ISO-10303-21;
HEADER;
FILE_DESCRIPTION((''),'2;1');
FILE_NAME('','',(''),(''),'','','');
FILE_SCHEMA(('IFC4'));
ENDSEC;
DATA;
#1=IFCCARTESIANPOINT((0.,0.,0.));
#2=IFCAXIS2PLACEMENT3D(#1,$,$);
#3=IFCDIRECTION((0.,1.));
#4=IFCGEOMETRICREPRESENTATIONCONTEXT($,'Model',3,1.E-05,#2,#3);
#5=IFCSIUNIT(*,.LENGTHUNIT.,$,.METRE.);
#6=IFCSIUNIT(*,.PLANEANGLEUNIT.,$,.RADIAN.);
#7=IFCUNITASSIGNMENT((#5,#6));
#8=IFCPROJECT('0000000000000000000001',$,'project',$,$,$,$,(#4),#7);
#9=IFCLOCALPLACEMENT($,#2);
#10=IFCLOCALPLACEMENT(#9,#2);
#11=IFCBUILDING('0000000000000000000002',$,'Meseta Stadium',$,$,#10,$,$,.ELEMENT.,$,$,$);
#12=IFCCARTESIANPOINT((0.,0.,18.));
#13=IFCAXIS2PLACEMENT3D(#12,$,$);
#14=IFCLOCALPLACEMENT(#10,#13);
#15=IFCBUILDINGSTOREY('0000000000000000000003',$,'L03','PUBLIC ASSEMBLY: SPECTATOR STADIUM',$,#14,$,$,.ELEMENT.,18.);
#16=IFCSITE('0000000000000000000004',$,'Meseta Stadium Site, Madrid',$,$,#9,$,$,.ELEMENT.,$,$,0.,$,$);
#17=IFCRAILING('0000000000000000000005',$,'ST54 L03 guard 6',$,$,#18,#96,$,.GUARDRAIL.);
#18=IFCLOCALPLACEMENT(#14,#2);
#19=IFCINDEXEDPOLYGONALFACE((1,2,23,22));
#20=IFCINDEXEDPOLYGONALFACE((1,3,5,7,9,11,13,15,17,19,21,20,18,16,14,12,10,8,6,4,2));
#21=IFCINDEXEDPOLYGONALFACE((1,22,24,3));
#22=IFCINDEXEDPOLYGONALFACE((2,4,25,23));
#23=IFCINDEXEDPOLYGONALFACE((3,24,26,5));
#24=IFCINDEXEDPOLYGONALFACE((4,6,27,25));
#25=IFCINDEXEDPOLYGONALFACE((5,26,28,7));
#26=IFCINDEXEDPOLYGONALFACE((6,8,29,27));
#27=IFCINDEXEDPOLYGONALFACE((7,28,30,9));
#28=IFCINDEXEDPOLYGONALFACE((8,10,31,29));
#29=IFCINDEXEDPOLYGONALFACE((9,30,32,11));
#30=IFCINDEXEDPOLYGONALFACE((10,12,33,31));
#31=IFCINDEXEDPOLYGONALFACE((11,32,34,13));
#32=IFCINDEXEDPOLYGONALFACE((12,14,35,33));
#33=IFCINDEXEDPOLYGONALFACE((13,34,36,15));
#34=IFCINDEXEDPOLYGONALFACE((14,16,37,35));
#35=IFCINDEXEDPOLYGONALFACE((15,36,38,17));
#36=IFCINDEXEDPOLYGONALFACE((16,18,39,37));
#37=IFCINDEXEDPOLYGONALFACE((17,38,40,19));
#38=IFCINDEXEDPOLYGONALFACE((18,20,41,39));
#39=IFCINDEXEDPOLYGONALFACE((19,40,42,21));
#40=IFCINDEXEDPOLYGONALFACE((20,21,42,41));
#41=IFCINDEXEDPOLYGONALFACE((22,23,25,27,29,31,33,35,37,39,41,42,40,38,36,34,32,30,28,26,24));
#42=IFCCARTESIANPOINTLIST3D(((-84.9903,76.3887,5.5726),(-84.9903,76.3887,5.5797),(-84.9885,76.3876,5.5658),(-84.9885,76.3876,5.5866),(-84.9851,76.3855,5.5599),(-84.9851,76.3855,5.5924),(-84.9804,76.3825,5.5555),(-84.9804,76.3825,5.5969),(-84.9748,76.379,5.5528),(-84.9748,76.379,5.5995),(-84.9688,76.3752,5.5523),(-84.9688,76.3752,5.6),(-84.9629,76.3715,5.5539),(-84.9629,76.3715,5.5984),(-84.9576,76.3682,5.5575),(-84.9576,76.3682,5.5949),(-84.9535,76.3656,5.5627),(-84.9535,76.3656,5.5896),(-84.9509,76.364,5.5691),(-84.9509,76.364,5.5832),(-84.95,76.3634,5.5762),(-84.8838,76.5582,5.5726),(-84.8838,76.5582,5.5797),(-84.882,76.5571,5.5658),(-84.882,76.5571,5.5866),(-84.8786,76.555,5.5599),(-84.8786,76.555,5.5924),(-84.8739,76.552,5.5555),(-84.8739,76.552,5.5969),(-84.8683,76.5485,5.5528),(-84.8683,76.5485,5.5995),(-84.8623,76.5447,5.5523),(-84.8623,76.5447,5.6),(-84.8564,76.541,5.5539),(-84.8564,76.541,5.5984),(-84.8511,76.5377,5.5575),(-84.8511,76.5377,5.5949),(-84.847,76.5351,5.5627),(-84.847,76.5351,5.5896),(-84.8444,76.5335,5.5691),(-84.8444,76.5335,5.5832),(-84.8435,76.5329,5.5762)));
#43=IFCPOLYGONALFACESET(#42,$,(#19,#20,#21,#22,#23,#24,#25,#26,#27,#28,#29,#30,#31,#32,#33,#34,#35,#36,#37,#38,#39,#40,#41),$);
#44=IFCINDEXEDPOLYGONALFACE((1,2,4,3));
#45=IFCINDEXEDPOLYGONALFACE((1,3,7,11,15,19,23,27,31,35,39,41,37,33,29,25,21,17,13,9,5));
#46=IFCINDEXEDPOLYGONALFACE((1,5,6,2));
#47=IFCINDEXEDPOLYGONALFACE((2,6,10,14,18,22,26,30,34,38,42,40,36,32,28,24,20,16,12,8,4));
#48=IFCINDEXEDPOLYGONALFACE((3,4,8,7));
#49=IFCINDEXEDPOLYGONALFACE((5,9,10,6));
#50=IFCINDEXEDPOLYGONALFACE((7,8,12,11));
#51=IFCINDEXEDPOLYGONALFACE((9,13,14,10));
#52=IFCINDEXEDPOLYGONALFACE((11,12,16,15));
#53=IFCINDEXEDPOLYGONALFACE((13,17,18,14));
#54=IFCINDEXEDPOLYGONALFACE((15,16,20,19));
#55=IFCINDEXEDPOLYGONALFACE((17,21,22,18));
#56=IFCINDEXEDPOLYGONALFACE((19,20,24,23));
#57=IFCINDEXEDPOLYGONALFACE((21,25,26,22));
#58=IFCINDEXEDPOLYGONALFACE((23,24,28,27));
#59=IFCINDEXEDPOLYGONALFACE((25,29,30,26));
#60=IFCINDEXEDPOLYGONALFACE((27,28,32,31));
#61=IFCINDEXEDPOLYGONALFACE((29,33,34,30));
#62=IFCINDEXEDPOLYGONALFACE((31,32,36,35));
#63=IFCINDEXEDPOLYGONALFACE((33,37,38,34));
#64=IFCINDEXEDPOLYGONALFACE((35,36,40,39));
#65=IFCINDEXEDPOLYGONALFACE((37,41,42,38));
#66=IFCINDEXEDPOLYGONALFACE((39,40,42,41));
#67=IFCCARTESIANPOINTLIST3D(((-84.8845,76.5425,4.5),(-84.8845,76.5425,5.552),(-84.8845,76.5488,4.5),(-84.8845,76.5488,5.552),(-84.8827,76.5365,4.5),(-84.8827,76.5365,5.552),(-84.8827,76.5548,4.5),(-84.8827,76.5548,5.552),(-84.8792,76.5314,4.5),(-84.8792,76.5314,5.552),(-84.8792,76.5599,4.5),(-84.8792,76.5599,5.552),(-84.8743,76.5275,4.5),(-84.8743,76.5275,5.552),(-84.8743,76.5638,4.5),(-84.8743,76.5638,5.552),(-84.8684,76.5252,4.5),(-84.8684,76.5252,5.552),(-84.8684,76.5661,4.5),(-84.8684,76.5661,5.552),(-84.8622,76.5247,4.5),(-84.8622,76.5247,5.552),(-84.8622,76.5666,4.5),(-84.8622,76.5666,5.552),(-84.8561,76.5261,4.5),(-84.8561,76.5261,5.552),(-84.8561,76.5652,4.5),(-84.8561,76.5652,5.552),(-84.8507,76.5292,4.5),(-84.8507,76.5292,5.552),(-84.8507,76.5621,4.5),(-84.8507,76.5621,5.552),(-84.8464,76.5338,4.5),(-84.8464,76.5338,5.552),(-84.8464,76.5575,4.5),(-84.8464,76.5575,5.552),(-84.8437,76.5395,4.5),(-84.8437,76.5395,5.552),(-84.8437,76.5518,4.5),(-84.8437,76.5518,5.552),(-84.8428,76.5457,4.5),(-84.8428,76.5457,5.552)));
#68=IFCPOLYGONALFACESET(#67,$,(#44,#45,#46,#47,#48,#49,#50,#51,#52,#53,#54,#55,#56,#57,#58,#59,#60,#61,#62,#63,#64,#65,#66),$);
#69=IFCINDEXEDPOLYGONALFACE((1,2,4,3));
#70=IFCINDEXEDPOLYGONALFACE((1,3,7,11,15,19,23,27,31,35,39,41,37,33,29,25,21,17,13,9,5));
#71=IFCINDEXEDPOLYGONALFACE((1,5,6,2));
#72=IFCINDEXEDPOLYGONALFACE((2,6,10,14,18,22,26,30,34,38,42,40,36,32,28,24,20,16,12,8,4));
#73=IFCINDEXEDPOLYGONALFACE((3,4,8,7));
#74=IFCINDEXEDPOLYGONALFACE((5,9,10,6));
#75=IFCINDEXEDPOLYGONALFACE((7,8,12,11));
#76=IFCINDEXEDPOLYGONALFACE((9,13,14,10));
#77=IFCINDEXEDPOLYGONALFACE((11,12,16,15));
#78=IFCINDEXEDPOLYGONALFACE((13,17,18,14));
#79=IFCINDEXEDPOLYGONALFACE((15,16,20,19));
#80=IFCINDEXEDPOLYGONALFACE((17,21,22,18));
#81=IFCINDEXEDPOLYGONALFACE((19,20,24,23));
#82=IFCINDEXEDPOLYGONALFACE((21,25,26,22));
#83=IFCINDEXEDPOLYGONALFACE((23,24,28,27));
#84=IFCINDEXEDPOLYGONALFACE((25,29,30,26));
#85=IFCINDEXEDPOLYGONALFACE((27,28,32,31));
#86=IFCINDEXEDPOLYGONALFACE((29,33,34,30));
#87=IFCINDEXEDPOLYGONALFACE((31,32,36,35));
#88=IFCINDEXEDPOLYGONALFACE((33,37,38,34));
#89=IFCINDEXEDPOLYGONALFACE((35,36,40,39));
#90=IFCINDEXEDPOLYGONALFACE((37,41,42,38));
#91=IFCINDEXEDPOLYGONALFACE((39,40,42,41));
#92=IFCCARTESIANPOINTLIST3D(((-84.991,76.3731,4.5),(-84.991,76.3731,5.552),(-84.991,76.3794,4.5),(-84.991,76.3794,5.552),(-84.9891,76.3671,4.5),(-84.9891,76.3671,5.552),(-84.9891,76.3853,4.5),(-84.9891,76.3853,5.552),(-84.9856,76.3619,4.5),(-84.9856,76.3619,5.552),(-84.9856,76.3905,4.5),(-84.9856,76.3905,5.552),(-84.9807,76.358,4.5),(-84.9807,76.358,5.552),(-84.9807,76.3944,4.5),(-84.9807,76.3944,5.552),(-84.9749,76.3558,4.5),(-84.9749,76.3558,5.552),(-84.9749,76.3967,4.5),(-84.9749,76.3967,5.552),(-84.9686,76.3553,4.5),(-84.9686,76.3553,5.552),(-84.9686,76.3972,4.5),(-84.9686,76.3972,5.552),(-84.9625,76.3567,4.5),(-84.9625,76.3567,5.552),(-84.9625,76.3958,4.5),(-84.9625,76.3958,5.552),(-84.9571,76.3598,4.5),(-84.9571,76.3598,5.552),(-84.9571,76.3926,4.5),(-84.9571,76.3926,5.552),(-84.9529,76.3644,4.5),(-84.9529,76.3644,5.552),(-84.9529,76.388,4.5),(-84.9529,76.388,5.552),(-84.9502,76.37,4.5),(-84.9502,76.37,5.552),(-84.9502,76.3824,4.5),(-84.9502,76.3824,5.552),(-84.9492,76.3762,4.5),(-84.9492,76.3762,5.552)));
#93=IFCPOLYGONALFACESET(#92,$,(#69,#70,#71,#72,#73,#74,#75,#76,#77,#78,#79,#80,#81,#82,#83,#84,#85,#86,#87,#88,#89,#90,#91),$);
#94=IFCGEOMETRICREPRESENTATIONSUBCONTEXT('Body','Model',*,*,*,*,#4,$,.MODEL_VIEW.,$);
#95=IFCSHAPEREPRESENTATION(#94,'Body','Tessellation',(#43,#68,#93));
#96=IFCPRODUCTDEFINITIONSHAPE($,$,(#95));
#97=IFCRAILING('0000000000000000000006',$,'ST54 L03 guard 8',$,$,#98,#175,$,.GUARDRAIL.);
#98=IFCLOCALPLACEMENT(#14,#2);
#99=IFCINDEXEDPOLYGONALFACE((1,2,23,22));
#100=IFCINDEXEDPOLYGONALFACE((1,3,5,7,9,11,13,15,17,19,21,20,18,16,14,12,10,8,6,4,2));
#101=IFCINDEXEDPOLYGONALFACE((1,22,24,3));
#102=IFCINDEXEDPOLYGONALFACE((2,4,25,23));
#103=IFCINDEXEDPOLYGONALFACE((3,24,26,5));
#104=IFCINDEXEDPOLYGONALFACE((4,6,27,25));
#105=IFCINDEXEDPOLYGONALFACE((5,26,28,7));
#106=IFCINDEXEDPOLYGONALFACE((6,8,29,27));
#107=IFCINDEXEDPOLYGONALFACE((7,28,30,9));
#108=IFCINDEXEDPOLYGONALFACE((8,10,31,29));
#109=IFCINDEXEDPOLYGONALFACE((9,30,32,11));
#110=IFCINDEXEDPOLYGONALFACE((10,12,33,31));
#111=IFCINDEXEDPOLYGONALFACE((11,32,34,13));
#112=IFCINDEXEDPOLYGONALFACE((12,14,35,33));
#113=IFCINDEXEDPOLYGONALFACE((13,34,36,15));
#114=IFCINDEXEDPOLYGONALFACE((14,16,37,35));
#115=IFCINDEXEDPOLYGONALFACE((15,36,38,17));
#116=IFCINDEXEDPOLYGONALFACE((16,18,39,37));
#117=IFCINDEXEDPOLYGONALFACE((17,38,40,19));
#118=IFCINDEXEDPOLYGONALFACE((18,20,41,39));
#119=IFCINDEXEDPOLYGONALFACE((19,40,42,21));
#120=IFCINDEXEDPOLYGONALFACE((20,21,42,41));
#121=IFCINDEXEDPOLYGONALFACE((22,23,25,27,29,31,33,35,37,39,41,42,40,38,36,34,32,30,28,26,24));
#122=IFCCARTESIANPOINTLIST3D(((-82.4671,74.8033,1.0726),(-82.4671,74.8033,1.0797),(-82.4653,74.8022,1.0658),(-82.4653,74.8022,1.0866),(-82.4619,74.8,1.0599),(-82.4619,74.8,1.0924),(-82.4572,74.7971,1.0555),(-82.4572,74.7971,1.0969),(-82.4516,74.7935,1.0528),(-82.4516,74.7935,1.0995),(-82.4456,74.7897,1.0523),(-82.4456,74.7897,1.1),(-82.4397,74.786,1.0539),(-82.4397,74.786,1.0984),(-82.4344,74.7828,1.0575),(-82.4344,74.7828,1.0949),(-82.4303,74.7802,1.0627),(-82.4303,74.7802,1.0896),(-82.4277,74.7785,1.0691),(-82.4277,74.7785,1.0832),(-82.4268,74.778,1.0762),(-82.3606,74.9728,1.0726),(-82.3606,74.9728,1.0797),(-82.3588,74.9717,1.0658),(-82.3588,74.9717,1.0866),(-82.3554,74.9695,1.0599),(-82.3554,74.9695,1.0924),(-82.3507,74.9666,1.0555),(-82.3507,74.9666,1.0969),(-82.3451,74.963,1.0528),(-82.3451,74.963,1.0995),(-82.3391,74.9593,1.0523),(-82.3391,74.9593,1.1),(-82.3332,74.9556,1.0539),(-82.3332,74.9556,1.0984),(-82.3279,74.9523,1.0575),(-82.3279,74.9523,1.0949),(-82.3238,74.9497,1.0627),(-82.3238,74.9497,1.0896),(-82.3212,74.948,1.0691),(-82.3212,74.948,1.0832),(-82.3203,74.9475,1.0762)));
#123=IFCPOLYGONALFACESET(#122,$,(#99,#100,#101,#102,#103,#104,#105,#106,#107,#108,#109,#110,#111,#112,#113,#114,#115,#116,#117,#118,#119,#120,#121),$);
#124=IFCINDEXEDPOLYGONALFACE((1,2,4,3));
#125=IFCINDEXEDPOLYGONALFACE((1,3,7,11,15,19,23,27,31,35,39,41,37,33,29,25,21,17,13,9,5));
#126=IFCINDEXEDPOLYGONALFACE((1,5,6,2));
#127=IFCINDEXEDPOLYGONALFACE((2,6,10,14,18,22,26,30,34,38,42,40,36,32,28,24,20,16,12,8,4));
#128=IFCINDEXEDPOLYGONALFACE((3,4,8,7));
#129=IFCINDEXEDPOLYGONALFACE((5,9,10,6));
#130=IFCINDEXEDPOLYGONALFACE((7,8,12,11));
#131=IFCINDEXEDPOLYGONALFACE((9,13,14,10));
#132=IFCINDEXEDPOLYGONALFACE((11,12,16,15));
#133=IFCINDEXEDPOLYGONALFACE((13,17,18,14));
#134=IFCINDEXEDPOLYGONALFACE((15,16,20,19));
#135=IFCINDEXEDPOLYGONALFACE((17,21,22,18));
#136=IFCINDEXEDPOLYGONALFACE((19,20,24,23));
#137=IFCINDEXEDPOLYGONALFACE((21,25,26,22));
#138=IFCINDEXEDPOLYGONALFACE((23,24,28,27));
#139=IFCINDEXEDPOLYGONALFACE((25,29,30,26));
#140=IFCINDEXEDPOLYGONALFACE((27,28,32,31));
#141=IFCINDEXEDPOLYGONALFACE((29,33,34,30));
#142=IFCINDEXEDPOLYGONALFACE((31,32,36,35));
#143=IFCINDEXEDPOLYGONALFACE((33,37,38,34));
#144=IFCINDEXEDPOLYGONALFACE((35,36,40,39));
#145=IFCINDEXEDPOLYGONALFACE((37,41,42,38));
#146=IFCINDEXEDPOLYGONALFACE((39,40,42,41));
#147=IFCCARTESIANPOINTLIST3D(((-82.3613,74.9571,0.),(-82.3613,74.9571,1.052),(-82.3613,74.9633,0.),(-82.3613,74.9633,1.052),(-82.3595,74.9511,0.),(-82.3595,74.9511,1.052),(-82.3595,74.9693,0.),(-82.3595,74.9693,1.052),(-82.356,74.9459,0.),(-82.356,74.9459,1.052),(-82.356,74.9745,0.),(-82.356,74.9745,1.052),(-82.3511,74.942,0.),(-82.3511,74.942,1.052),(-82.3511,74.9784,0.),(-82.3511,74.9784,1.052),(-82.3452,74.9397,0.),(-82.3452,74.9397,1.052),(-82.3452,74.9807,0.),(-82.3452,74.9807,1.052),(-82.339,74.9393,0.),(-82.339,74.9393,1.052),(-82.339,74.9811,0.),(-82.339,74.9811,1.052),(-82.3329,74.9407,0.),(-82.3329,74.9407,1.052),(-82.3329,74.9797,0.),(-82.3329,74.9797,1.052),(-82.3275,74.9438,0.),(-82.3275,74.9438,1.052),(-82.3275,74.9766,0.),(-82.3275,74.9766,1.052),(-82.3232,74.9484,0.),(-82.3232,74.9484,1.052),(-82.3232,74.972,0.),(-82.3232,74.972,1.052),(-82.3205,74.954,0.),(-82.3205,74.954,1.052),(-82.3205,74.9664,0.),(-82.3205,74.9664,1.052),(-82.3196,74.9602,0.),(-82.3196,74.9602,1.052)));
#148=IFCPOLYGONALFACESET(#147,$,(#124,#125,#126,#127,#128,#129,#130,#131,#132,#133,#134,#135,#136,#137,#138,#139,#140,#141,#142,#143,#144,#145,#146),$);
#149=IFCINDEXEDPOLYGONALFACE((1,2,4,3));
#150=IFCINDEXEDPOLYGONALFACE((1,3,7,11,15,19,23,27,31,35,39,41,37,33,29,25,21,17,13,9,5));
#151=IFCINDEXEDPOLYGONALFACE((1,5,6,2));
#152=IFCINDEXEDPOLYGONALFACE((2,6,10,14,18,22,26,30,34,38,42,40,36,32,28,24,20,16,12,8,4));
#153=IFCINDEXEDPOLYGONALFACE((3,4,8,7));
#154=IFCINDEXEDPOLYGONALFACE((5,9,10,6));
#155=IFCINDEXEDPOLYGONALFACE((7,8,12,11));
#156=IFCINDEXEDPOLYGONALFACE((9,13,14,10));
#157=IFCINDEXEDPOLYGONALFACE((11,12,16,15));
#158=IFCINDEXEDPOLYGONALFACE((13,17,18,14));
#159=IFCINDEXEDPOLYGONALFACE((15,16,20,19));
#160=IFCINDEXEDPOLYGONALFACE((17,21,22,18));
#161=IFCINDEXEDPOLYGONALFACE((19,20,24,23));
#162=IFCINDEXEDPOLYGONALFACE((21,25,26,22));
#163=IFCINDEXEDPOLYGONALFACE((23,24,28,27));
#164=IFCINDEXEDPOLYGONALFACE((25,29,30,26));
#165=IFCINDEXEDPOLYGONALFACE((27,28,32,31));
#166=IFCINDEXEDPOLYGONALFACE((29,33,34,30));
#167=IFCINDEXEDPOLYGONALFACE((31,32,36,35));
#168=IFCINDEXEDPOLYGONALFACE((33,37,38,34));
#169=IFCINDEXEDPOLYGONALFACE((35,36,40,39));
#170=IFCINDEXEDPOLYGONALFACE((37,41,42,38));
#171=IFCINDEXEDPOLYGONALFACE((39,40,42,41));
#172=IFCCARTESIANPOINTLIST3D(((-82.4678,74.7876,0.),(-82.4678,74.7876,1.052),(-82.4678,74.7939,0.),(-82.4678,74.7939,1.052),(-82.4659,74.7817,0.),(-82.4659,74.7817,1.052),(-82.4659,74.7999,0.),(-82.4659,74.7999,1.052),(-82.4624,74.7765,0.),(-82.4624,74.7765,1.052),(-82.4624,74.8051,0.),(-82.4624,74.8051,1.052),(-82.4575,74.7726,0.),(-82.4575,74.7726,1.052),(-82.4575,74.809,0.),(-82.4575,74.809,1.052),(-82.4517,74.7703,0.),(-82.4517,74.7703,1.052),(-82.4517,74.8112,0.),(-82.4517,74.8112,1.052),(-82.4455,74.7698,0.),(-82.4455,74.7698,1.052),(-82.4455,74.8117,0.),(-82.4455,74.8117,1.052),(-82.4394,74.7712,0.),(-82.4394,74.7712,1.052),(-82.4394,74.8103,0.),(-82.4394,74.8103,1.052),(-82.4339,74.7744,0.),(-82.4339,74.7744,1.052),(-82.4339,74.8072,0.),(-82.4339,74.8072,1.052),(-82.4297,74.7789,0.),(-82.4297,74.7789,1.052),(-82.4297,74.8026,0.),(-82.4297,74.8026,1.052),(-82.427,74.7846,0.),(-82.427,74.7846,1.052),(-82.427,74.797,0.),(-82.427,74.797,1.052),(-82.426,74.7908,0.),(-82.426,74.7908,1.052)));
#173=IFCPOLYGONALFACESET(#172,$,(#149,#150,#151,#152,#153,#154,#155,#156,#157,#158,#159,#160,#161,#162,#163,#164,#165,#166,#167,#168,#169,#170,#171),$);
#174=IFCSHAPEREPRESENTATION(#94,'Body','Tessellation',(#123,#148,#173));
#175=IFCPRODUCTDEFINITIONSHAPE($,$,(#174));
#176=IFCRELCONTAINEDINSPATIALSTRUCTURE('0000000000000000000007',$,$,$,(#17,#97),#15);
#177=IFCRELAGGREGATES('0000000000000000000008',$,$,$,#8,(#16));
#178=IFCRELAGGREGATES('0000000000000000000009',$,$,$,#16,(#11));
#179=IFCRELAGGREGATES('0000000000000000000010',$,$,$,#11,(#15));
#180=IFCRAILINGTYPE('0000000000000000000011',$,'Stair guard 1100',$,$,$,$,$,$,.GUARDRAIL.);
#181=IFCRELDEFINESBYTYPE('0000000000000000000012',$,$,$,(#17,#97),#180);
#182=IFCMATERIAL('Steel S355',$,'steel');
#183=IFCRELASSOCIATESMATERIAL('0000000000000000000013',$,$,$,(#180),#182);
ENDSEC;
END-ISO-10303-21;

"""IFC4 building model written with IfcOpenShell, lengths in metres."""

from ifc_helpers import new_model, si_unit, direction, frame, origin, origin_2d, place, context, subcontext, project, spatial, circle, extrude, material, type_object, element, save


model = new_model("IFC4")

# Units and contexts
model_context = context("Model", 3, precision=1e-05, world=origin(), true_north=direction((0.0, 1.0)))
body_context = subcontext(model_context, "Body", "Model", "MODEL_VIEW")
ifc_project = project(units=[si_unit("LENGTHUNIT", "METRE"), si_unit("PLANEANGLEUNIT", "RADIAN")], contexts=[model_context])

# Site, building, storey
site_placement = place(None, origin())
site = spatial("IfcSite", under=ifc_project, at=site_placement, Name="Meseta Stadium Site, Madrid", CompositionType="ELEMENT", RefElevation=0.0)
building_placement = place(site_placement, origin())
building = spatial("IfcBuilding", under=site, at=building_placement, Name="Meseta Stadium", CompositionType="ELEMENT")
storey_placement = place(building_placement, frame((0.0, 0.0, 18.0)))
storey = spatial("IfcBuildingStorey", under=building, at=storey_placement, Name="L03", Description="PUBLIC ASSEMBLY: SPECTATOR STADIUM", CompositionType="ELEMENT", Elevation=18.0)

# Railings
ifc_material_1 = material(Name="Steel S355", Category="steel")
railing_type_1 = type_object("IfcRailingType", Name="Stair guard 1100", PredefinedType="GUARDRAIL", material=ifc_material_1)
for number, where, name in (
    (1, (-84.8638, 76.5457, 4.5), "ST54 L03 guard 6"),
    (2, (-82.3406, 74.9602, 0.0), "ST54 L03 guard 8"),
):
    element("IfcRailing", number, at=place(storey_placement, frame(where)), inside=storey, type_object=railing_type_1, Name=name, PredefinedType="GUARDRAIL", context=body_context, shape_type="SweptSolid", body=[
        extrude(circle(Radius=0.0239, at=origin_2d()), frame((0.0, 0.0, 1.0762), z_axis=(-0.531972, -0.846762, 0.0), x_axis=(0.846762, -0.531972, 0.0)), (0.0, 0.0, 1.0), 0.2002),
        extrude(circle(Radius=0.021, at=origin_2d()), origin(), (0.0, 0.0, 1.0), 1.052),
        extrude(circle(Radius=0.021, at=origin_2d()), frame((-0.1064, -0.1694, 0.0)), (0.0, 0.0, 1.0), 1.052),
    ])

save(model, "model.ifc")
